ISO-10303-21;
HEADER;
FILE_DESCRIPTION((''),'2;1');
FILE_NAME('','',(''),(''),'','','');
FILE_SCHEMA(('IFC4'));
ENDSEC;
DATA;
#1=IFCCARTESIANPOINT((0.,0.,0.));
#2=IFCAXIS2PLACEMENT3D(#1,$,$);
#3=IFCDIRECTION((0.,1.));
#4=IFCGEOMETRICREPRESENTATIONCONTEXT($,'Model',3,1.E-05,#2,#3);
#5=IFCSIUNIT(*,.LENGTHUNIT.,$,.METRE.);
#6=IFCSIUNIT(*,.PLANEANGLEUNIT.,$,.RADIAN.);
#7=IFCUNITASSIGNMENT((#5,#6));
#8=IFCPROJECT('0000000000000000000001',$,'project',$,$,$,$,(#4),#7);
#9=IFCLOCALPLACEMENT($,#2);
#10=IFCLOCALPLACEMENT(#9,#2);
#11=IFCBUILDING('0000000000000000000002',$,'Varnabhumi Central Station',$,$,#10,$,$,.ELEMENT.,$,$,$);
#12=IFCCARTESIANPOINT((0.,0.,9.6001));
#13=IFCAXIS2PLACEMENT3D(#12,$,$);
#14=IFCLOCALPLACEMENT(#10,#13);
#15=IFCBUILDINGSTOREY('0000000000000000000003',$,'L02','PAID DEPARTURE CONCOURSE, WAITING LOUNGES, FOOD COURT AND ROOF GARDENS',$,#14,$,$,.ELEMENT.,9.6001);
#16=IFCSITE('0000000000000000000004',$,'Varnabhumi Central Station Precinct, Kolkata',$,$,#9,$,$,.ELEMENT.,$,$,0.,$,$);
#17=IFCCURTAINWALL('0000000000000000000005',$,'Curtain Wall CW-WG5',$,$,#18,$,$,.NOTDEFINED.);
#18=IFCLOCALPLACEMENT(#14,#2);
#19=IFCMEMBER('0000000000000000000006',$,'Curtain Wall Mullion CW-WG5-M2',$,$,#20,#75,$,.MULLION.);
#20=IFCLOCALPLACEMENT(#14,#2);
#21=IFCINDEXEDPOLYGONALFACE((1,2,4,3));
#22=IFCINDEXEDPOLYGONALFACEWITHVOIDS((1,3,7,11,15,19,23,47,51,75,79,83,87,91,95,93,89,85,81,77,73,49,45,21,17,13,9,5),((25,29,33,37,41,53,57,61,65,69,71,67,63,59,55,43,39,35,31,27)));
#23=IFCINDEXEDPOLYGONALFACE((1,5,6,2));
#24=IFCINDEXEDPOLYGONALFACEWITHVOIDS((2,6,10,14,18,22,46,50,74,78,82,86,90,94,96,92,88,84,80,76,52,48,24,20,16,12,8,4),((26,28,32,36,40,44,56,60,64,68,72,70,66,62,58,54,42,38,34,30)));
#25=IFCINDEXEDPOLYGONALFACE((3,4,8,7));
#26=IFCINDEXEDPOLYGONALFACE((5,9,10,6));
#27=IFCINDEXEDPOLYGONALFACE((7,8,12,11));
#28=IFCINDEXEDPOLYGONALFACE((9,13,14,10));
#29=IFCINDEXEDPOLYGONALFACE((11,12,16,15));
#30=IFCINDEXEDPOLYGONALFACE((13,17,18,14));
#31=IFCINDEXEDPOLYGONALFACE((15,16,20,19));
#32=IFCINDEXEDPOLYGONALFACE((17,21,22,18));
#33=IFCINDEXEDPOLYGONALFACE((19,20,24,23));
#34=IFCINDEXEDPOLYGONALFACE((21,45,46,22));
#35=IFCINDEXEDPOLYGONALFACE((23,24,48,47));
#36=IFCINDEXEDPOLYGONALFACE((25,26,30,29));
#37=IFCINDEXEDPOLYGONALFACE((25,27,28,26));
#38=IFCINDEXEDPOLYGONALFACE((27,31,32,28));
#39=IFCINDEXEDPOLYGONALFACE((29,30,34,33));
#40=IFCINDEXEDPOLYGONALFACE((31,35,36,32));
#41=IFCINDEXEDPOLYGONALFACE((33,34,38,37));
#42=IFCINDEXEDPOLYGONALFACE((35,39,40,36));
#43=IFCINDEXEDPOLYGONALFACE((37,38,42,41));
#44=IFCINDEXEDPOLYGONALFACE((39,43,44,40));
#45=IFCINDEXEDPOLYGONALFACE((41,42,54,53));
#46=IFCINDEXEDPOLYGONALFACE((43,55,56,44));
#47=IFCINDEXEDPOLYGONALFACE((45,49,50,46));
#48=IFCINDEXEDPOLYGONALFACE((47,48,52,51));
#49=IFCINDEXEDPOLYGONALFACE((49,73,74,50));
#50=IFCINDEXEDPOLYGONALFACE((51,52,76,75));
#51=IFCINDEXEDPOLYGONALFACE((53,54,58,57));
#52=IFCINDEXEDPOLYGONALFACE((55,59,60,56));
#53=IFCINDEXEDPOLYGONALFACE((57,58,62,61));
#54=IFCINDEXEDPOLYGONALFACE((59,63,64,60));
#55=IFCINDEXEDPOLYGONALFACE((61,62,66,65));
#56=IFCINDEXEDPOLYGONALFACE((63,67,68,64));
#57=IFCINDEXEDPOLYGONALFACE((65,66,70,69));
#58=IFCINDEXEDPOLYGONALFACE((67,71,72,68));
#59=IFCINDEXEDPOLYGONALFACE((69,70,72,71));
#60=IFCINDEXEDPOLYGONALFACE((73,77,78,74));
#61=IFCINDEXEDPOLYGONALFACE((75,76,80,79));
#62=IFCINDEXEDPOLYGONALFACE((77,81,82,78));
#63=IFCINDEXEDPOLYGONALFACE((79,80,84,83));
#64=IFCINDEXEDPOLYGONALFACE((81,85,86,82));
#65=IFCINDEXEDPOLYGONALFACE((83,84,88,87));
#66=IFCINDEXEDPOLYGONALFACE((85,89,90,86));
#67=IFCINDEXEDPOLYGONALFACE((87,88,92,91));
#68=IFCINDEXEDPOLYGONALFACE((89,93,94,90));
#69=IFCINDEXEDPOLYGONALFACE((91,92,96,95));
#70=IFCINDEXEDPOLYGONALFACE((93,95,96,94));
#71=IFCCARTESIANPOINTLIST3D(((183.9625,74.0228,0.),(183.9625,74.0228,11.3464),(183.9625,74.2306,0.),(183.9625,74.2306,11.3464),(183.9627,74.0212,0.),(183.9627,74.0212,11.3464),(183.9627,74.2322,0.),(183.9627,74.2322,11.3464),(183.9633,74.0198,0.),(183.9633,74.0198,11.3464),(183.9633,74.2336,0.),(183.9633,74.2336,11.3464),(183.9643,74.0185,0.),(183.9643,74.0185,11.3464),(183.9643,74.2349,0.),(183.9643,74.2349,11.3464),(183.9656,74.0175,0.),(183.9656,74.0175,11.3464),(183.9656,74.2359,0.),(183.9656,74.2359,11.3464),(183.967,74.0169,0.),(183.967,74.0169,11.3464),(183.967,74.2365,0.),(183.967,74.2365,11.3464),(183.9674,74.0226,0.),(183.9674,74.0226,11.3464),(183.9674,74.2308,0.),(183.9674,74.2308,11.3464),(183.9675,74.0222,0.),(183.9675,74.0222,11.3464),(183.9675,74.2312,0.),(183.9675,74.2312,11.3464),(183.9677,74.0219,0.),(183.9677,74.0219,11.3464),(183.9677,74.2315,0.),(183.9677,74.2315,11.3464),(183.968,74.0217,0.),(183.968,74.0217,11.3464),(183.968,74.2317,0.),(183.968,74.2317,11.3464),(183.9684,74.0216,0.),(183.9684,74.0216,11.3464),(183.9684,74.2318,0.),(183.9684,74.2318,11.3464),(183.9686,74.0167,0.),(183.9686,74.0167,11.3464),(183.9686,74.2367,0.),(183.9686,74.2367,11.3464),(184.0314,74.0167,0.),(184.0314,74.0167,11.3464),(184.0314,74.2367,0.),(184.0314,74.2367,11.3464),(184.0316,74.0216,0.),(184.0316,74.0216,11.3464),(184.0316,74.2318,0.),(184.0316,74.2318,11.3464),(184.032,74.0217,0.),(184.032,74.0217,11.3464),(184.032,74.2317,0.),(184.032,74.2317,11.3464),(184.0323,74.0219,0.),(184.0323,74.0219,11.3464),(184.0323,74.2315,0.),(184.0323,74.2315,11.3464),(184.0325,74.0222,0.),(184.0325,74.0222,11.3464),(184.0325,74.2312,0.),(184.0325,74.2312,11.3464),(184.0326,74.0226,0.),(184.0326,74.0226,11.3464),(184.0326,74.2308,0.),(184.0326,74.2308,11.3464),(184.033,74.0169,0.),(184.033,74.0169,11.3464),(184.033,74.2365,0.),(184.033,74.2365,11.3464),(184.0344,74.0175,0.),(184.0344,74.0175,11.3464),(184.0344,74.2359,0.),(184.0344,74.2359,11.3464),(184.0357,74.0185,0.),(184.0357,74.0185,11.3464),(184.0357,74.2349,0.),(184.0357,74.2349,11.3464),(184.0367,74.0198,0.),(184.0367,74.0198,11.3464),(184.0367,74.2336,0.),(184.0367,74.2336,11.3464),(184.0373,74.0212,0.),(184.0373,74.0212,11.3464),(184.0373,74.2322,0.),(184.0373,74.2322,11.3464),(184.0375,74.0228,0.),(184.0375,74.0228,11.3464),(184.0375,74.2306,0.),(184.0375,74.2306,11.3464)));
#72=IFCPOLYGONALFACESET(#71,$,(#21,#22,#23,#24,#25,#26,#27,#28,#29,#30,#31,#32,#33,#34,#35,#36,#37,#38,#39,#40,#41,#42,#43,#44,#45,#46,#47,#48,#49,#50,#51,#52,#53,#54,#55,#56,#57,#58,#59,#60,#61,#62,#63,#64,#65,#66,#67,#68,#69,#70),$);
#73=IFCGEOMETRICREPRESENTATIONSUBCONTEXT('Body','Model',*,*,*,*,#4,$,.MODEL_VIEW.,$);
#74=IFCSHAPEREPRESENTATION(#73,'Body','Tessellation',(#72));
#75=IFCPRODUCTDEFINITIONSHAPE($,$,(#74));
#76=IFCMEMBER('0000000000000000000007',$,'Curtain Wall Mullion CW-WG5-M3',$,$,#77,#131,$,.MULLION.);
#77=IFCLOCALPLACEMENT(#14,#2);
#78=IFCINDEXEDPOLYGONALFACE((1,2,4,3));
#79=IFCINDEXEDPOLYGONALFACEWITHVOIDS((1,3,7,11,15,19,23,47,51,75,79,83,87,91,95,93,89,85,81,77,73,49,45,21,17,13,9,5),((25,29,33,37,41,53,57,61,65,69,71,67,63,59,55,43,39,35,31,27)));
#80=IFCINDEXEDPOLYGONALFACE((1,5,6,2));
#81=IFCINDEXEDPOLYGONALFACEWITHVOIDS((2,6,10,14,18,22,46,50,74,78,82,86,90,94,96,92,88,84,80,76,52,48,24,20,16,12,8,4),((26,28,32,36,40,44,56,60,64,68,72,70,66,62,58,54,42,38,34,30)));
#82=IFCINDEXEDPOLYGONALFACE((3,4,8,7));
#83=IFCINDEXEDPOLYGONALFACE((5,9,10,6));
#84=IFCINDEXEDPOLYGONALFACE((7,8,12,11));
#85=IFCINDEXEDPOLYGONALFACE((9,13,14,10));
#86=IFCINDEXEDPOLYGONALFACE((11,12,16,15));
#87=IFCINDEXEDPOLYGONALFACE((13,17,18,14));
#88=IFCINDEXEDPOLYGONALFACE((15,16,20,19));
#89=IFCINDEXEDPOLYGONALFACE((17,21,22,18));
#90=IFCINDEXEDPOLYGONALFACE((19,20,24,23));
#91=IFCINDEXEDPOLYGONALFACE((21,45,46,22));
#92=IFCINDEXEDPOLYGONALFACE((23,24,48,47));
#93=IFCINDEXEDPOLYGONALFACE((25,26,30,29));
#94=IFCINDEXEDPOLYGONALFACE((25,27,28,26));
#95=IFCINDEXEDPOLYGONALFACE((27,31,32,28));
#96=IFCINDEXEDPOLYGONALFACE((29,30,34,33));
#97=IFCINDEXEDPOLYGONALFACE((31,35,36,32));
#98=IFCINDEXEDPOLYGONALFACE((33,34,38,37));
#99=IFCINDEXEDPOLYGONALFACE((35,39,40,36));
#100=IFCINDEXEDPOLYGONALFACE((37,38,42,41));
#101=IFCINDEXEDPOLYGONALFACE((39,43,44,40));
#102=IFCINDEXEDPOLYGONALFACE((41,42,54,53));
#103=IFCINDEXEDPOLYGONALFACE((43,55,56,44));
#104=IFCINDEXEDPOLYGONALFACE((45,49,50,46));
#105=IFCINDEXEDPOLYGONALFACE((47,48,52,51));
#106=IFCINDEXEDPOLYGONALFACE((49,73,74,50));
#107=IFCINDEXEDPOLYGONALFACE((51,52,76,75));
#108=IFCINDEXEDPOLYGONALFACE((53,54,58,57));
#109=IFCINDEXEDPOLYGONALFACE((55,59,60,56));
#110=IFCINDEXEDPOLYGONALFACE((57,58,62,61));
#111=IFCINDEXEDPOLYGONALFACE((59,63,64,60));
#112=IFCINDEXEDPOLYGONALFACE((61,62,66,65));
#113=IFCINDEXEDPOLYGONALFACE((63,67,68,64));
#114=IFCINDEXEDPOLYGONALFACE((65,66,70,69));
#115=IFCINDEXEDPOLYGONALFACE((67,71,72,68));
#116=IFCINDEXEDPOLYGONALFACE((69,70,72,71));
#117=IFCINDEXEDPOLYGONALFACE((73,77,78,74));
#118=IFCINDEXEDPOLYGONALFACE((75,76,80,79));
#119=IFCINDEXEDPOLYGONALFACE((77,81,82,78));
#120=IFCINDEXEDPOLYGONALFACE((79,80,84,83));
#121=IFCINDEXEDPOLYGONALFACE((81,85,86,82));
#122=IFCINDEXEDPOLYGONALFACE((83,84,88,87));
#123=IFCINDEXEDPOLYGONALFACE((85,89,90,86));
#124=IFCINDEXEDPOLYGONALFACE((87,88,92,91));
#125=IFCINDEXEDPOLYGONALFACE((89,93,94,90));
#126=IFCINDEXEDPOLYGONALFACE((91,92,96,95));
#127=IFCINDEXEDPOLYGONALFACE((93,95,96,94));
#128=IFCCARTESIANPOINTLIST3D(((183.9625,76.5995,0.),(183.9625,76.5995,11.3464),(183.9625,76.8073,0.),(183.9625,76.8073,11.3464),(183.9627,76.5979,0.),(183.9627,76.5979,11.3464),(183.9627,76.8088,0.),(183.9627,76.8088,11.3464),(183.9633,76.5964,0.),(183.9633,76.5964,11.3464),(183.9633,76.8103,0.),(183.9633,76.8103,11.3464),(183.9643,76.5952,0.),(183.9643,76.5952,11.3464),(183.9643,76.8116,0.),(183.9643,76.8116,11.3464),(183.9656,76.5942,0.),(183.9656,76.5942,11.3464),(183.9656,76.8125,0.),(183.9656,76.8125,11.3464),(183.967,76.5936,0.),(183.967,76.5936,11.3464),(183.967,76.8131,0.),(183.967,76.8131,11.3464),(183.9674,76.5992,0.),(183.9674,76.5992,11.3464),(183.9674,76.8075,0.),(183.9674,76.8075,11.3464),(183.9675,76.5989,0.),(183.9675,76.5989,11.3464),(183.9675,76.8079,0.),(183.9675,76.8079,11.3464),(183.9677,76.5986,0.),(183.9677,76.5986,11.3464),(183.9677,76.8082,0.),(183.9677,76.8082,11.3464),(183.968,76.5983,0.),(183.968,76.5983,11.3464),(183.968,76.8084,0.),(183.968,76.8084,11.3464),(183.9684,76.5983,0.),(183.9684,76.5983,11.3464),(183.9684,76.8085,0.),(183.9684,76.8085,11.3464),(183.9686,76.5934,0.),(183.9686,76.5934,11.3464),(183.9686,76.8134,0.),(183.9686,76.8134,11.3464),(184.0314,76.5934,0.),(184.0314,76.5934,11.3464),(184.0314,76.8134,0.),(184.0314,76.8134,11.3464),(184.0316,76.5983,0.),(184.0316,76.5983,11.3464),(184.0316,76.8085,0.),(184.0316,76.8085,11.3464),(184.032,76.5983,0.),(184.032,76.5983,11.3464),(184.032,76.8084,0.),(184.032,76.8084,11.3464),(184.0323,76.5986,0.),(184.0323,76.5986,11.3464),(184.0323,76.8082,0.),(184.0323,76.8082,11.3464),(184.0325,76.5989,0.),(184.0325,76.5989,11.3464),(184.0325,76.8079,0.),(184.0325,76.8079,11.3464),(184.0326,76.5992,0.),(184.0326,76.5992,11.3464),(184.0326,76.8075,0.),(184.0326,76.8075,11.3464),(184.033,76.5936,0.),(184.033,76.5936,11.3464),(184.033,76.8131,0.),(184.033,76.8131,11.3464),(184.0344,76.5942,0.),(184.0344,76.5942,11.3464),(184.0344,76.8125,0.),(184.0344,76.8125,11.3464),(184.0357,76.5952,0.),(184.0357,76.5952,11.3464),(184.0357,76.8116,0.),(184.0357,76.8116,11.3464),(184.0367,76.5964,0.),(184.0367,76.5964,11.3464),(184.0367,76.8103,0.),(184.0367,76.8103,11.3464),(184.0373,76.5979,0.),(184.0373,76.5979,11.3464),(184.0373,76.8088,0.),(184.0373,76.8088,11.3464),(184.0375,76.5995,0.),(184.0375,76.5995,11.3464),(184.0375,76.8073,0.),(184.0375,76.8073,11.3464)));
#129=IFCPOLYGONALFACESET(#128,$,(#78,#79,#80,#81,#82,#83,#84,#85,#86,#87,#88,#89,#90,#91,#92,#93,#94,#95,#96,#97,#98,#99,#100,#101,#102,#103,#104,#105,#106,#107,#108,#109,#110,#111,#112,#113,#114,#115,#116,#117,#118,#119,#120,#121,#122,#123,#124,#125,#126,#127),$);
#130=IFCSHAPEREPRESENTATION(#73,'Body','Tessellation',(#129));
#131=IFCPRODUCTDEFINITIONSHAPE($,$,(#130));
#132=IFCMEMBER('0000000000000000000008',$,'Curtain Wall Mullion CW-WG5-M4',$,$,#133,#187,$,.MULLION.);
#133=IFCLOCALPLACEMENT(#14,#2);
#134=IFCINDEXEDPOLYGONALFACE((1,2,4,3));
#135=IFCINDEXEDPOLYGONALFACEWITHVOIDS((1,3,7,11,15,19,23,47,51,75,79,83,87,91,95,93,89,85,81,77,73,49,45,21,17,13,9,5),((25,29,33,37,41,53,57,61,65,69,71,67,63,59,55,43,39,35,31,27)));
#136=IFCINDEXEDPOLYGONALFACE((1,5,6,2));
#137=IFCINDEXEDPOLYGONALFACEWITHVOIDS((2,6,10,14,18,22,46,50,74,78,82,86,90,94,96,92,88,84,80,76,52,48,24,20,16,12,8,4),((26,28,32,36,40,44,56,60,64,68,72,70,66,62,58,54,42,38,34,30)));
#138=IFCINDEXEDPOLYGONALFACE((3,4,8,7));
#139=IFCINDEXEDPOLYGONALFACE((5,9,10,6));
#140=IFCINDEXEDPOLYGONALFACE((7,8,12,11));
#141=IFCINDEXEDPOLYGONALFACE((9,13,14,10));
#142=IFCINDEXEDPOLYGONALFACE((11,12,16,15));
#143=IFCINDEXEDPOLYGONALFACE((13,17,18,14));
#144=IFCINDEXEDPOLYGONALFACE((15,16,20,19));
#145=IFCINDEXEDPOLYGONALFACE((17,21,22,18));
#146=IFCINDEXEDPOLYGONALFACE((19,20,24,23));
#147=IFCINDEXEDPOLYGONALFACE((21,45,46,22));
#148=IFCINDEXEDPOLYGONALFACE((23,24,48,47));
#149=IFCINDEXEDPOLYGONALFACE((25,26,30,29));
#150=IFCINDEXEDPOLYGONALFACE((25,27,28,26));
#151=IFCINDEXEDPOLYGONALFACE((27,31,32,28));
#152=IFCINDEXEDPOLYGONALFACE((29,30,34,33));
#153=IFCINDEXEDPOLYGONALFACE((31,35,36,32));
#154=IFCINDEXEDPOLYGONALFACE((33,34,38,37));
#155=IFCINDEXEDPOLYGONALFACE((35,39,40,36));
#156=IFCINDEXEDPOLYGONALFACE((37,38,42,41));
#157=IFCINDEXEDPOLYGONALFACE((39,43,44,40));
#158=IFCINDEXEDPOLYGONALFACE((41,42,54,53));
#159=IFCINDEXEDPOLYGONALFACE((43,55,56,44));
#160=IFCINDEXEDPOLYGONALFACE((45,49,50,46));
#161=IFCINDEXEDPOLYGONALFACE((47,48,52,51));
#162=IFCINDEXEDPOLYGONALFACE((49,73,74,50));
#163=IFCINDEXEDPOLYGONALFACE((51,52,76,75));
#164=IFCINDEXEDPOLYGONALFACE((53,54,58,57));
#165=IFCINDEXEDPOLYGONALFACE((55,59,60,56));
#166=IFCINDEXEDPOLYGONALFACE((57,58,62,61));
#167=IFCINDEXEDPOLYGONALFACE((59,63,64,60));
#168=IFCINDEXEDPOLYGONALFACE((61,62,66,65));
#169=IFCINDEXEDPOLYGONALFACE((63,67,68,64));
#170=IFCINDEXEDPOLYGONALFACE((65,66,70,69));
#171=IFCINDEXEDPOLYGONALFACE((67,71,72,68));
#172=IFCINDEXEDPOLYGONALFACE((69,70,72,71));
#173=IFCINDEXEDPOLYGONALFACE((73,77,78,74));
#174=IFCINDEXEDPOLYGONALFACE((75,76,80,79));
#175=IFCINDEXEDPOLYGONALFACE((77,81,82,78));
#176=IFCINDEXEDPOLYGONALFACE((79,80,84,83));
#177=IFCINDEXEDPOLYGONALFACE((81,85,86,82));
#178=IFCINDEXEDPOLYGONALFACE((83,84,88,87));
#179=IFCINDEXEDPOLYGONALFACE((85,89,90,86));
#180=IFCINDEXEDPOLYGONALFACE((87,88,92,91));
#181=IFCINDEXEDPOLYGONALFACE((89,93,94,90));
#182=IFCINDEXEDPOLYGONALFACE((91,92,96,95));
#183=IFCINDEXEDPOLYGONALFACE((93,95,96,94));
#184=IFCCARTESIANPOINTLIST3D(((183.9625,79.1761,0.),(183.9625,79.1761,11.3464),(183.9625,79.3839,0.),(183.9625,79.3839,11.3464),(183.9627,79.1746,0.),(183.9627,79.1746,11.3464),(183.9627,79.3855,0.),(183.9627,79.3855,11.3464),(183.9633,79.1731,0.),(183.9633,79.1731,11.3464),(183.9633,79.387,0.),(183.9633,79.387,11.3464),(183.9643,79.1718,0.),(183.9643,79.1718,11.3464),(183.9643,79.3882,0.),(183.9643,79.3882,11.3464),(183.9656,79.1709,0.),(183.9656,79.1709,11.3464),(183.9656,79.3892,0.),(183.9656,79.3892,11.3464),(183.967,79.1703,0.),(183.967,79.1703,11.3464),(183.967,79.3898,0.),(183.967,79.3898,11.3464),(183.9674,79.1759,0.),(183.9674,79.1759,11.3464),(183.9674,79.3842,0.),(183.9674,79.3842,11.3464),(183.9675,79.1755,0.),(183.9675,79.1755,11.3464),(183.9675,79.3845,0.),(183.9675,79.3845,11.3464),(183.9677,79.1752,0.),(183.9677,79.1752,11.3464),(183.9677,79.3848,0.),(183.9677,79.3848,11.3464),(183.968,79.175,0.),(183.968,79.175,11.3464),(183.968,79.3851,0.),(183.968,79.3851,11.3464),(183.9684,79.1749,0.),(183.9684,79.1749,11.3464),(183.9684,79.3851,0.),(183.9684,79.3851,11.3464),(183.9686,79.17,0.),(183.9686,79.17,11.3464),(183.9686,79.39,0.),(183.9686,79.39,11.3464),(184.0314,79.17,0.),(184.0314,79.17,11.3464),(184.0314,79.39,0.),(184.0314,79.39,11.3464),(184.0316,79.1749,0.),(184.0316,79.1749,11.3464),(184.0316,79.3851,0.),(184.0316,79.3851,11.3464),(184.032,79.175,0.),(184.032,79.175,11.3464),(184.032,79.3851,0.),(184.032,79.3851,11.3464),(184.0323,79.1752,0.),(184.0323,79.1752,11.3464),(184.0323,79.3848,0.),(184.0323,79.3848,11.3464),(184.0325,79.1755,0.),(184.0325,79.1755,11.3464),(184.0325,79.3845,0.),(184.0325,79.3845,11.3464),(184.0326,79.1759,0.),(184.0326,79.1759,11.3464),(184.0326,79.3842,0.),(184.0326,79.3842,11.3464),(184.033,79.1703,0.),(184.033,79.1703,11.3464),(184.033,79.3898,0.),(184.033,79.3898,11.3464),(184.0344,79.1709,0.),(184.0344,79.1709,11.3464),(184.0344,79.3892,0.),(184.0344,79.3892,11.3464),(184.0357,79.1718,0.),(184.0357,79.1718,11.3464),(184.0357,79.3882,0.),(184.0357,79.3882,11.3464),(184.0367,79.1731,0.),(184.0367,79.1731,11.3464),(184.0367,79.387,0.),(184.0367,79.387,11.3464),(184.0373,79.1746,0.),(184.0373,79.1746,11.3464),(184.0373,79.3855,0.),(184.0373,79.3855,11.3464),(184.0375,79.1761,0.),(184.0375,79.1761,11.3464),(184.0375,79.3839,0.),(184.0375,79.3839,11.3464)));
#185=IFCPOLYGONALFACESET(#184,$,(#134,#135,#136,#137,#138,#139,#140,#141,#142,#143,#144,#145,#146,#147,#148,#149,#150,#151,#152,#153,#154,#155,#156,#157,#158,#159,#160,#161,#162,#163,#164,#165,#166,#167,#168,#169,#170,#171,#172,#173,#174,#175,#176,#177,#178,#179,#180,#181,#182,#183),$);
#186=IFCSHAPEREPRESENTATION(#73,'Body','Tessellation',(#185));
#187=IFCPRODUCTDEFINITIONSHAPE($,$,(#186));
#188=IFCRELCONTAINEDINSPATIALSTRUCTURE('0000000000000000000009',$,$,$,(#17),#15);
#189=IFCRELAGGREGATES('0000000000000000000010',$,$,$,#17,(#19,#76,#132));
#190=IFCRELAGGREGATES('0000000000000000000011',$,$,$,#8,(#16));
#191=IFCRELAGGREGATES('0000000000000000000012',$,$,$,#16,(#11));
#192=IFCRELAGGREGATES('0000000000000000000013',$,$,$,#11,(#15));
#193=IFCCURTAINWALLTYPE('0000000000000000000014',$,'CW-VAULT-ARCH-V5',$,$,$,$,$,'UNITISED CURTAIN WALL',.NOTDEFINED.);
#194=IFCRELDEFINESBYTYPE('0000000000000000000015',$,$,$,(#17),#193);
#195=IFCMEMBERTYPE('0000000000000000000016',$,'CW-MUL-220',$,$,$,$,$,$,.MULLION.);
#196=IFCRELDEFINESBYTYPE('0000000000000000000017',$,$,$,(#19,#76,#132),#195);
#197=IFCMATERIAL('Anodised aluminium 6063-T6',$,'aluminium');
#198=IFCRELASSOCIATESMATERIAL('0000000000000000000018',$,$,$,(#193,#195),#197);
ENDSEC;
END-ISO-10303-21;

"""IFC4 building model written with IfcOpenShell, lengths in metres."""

from ifc_helpers import new_model, si_unit, direction, frame, origin, origin_2d, place, context, subcontext, project, spatial, hollow_rectangle, extrude, material, material_profile, profile_set, type_object, element, aggregate, save


model = new_model("IFC4")

# Units and contexts
model_context = context("Model", 3, precision=1e-05, world=origin(), true_north=direction((0.0, 1.0)))
body_context = subcontext(model_context, "Body", "Model", "MODEL_VIEW")
ifc_project = project(units=[si_unit("LENGTHUNIT", "METRE"), si_unit("PLANEANGLEUNIT", "RADIAN")], contexts=[model_context])

# Site, building, storey
site_placement = place(None, origin())
site = spatial("IfcSite", under=ifc_project, at=site_placement, Name="Varnabhumi Central Station Precinct, Kolkata", CompositionType="ELEMENT", RefElevation=0.0)
building_placement = place(site_placement, origin())
building = spatial("IfcBuilding", under=site, at=building_placement, Name="Varnabhumi Central Station", CompositionType="ELEMENT")
storey_placement = place(building_placement, frame((0.0, 0.0, 9.6001)))
storey = spatial("IfcBuildingStorey", under=building, at=storey_placement, Name="L02", Description="PAID DEPARTURE CONCOURSE, WAITING LOUNGES, FOOD COURT AND ROOF GARDENS", CompositionType="ELEMENT", Elevation=9.6001)

# Curtain wall, members
ifc_material_1 = material(Name="Anodised aluminium 6063-T6", Category="aluminium")
curtain_wall_type = type_object("IfcCurtainWallType", Name="CW-VAULT-ARCH-V5", ElementType="UNITISED CURTAIN WALL", PredefinedType="NOTDEFINED", material=ifc_material_1)
ifc_material_profile_1 = material_profile(ifc_material_1, hollow_rectangle(XDim=0.075, YDim=0.22, WallThickness=0.0049, InnerFilletRadius=0.001, OuterFilletRadius=0.0061, at=origin_2d()), Name="Anodised aluminium 6063-T6", Category="aluminium")
ifc_profile_set_1 = profile_set([ifc_material_profile_1], Name="Anodised aluminium 6063-T6")
member_type_1 = type_object("IfcMemberType", Name="CW-MUL-220", PredefinedType="MULLION", material=ifc_profile_set_1)
curtain_wall_1_placement = place(storey_placement, origin())
curtain_wall_1 = element("IfcCurtainWall", 1, at=curtain_wall_1_placement, inside=storey, type_object=curtain_wall_type, Name="Curtain Wall CW-WG5", PredefinedType="NOTDEFINED")
member_1_placement = place(storey_placement, frame((184.0, 74.1267, 0.0), z_axis=(0.0, 0.0, 1.0), x_axis=(1.0, 0.0, 0.0)))
member_1 = element("IfcMember", 2, at=member_1_placement, type_object=member_type_1, Name="Curtain Wall Mullion CW-WG5-M2", PredefinedType="MULLION", context=body_context, shape_type="SweptSolid", body=[
    extrude(hollow_rectangle(XDim=0.075, YDim=0.22, WallThickness=0.0049, InnerFilletRadius=0.001, OuterFilletRadius=0.0061, at=origin_2d()), origin(), (0.0, 0.0, 1.0), 11.3464),
])
member_2_placement = place(storey_placement, frame((184.0, 76.7034, 0.0), z_axis=(0.0, 0.0, 1.0), x_axis=(1.0, 0.0, 0.0)))
member_2 = element("IfcMember", 3, at=member_2_placement, type_object=member_type_1, Name="Curtain Wall Mullion CW-WG5-M3", PredefinedType="MULLION", context=body_context, shape_type="SweptSolid", body=[
    extrude(hollow_rectangle(XDim=0.075, YDim=0.22, WallThickness=0.0049, InnerFilletRadius=0.001, OuterFilletRadius=0.0061, at=origin_2d()), origin(), (0.0, 0.0, 1.0), 11.3464),
])
member_3_placement = place(storey_placement, frame((184.0, 79.28, 0.0), z_axis=(0.0, 0.0, 1.0), x_axis=(1.0, 0.0, 0.0)))
member_3 = element("IfcMember", 4, at=member_3_placement, type_object=member_type_1, Name="Curtain Wall Mullion CW-WG5-M4", PredefinedType="MULLION", context=body_context, shape_type="SweptSolid", body=[
    extrude(hollow_rectangle(XDim=0.075, YDim=0.22, WallThickness=0.0049, InnerFilletRadius=0.001, OuterFilletRadius=0.0061, at=origin_2d()), origin(), (0.0, 0.0, 1.0), 11.3464),
])

aggregate(curtain_wall_1, [member_1, member_2, member_3])

save(model, "model.ifc")
